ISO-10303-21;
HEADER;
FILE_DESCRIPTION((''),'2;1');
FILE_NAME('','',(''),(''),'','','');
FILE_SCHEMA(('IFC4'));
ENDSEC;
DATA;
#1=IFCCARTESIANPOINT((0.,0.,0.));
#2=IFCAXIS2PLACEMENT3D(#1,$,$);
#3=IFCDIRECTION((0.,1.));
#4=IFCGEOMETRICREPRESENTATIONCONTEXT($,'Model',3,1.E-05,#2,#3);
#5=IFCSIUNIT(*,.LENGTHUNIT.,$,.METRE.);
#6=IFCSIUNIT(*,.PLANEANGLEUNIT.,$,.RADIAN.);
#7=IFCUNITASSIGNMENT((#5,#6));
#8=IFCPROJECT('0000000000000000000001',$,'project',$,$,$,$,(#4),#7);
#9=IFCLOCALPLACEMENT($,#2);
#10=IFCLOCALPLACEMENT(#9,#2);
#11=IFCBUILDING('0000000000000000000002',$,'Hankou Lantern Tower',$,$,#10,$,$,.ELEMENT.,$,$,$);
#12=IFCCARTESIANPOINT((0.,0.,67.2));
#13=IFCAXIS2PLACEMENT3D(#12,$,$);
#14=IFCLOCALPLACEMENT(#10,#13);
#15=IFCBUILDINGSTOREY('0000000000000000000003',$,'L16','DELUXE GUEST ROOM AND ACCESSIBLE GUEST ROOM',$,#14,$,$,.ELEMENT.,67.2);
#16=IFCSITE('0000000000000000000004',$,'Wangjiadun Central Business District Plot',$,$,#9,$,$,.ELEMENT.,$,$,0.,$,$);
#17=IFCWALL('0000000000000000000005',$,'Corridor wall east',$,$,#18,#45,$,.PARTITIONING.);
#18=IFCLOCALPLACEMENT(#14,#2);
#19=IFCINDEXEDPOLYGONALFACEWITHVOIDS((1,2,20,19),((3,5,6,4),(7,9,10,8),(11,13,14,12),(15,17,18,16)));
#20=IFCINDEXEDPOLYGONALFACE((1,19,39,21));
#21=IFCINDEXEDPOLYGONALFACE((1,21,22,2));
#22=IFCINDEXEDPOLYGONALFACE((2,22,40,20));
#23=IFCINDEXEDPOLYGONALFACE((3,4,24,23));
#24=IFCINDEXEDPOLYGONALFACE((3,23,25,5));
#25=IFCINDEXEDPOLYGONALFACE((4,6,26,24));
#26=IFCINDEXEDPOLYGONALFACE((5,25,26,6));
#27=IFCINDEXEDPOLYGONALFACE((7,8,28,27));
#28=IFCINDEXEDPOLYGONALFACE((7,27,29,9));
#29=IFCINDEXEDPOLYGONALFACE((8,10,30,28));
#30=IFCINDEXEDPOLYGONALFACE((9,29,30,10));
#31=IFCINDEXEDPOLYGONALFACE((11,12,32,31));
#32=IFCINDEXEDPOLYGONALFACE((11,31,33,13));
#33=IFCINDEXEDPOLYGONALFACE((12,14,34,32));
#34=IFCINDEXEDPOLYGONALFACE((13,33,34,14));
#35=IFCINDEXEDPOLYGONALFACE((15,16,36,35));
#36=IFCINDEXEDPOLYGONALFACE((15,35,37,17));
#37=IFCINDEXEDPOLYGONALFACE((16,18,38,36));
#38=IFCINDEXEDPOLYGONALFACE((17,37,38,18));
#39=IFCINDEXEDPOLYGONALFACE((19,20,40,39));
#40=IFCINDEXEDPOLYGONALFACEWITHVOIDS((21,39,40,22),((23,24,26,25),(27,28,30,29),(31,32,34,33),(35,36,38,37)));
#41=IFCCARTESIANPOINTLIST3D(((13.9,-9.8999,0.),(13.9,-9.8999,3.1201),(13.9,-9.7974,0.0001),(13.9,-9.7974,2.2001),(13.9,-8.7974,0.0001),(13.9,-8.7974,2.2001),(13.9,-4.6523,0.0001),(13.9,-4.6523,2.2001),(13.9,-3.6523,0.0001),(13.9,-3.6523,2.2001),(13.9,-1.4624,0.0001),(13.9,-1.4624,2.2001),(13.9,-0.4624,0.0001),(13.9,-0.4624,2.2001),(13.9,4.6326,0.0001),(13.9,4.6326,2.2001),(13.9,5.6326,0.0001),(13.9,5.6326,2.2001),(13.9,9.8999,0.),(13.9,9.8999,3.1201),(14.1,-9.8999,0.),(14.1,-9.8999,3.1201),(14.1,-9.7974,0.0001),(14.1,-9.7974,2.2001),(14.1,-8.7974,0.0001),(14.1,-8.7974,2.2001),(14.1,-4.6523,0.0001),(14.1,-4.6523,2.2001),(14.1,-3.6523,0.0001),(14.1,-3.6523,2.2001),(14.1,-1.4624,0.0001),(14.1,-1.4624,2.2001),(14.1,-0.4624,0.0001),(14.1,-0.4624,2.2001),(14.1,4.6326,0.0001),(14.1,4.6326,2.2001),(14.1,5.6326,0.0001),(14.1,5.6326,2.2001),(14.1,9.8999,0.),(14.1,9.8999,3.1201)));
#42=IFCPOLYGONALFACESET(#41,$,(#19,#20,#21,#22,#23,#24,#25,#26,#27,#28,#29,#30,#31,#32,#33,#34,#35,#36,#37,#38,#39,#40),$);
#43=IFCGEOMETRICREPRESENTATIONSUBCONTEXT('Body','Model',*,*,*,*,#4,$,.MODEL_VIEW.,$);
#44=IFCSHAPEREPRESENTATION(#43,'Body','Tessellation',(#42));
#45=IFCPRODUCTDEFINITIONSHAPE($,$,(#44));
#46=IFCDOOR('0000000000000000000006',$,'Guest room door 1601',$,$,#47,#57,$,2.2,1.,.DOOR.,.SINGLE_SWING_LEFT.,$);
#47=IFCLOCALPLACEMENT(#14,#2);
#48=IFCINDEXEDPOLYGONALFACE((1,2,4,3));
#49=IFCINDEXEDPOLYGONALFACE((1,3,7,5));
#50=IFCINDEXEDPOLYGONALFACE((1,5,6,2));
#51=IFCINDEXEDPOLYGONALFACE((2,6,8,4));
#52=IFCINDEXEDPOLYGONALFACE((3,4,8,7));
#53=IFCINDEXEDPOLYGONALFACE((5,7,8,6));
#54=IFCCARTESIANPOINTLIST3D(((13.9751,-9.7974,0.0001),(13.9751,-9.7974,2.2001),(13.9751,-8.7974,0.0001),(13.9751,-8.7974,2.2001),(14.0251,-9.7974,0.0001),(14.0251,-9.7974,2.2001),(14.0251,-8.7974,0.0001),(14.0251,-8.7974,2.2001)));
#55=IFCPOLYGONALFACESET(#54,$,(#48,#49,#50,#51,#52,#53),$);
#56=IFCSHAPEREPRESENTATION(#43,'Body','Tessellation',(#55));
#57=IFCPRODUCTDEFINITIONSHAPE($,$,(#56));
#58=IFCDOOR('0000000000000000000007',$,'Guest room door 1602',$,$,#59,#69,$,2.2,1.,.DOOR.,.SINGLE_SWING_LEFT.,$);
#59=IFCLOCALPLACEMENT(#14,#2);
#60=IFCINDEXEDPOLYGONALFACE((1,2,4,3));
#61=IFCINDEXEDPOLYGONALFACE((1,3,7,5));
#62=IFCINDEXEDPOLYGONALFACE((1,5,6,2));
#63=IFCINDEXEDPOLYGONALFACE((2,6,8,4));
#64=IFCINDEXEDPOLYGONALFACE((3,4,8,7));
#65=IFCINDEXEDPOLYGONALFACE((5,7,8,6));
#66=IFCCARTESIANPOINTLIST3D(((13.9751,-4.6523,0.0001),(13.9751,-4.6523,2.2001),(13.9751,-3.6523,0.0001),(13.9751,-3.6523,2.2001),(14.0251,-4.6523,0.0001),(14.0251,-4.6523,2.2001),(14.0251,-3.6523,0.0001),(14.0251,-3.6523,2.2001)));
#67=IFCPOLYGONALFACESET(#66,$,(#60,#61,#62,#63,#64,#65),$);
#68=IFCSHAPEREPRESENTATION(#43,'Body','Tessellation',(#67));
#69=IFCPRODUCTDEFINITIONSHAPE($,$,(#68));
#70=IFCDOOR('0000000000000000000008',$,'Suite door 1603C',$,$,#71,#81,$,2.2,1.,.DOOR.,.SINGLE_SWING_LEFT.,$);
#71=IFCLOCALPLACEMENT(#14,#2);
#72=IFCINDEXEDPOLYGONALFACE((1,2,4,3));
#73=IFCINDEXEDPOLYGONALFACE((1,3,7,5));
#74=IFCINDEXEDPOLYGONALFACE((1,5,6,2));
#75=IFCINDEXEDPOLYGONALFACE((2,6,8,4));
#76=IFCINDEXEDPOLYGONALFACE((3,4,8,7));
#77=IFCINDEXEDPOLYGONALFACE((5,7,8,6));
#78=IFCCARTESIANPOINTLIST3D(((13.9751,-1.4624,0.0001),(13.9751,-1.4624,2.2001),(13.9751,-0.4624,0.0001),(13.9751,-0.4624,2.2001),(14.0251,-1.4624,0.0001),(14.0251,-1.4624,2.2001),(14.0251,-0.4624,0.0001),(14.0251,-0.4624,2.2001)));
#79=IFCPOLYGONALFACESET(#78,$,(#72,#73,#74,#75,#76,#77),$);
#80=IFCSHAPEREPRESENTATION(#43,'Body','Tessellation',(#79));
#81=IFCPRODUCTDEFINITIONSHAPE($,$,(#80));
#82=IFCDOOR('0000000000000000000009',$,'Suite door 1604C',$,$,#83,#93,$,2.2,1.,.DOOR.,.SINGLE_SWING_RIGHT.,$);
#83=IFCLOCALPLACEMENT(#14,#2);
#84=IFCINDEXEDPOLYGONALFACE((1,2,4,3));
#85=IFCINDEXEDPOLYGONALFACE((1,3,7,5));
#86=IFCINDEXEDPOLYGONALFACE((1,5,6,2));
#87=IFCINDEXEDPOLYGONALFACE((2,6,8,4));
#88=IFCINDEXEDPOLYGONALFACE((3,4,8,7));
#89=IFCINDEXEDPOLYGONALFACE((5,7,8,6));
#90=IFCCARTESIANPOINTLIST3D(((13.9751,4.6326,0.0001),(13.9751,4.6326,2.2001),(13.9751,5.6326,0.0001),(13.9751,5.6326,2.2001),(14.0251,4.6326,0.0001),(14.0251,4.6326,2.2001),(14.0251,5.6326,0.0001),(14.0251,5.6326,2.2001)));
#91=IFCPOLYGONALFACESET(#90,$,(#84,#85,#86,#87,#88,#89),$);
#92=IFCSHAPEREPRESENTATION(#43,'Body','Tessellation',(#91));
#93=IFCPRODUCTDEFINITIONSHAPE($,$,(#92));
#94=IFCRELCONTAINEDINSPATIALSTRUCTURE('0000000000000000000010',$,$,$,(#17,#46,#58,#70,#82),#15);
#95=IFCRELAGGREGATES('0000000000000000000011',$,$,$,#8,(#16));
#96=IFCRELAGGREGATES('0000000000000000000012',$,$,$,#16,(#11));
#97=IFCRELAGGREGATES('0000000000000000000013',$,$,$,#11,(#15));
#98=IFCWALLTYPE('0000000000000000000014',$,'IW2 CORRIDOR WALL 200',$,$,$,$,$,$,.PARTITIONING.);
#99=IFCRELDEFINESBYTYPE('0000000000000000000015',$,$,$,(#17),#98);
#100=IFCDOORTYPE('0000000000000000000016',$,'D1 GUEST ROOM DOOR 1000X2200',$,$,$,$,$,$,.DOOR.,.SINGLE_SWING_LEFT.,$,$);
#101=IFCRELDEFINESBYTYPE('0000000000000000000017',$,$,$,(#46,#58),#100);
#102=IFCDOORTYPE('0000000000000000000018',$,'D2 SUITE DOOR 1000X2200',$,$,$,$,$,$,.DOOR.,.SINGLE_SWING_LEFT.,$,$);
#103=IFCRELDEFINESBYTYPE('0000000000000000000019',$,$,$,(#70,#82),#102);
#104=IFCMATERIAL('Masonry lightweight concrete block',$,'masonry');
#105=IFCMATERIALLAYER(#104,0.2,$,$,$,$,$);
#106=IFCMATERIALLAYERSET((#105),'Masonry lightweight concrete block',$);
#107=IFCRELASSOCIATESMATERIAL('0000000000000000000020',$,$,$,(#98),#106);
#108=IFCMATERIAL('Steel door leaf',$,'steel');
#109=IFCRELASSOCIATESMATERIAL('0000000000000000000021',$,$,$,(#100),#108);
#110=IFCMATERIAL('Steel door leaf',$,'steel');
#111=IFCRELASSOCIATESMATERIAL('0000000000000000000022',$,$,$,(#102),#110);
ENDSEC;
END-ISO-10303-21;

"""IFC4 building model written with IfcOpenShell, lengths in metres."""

from ifc_helpers import new_model, si_unit, direction, frame, frame_2d, origin, place, context, subcontext, project, spatial, rectangle, extrude, material, layer, layer_set, type_object, element, fill, save


model = new_model("IFC4")

# Units and contexts
model_context = context("Model", 3, precision=1e-05, world=origin(), true_north=direction((0.0, 1.0)))
body_context = subcontext(model_context, "Body", "Model", "MODEL_VIEW")
ifc_project = project(units=[si_unit("LENGTHUNIT", "METRE"), si_unit("PLANEANGLEUNIT", "RADIAN")], contexts=[model_context])

# Site, building, storey
site_placement = place(None, origin())
site = spatial("IfcSite", under=ifc_project, at=site_placement, Name="Wangjiadun Central Business District Plot", CompositionType="ELEMENT", RefElevation=0.0)
building_placement = place(site_placement, origin())
building = spatial("IfcBuilding", under=site, at=building_placement, Name="Hankou Lantern Tower", CompositionType="ELEMENT")
storey_placement = place(building_placement, frame((0.0, 0.0, 67.2)))
storey = spatial("IfcBuildingStorey", under=building, at=storey_placement, Name="L16", Description="DELUXE GUEST ROOM AND ACCESSIBLE GUEST ROOM", CompositionType="ELEMENT", Elevation=67.2)

# Wall, openings, doors
ifc_material_1 = material(Name="Masonry lightweight concrete block", Category="masonry")
ifc_layer_1 = layer(ifc_material_1, 0.2)
ifc_layer_set_1 = layer_set([ifc_layer_1], Name="Masonry lightweight concrete block")
wall_type_1 = type_object("IfcWallType", Name="IW2 CORRIDOR WALL 200", PredefinedType="PARTITIONING", material=ifc_layer_set_1)
wall_1_placement = place(storey_placement, frame((14.0, -9.8999, 0.0), z_axis=(0.0, 0.0, 1.0), x_axis=(0.0, 1.0, 0.0)))
wall_1 = element("IfcWall", 1, at=wall_1_placement, inside=storey, type_object=wall_type_1, Name="Corridor wall east", PredefinedType="PARTITIONING", context=body_context, shape_type="SweptSolid", body=[
    extrude(rectangle(XDim=19.7998, YDim=0.2, at=frame_2d((9.8999, 0.0))), origin(), (0.0, 0.0, 1.0), 3.1201),
])
opening_1_placement = place(wall_1_placement, frame((0.1025, 0.0, 0.0)))
opening_1 = element("IfcOpeningElement", 2, at=opening_1_placement, cuts=wall_1, PredefinedType="OPENING", context=body_context, shape_type="SweptSolid", body=[
    extrude(rectangle(XDim=1.0, YDim=2.2, at=frame_2d((0.5, 1.1001))), frame((0.0, 0.1099, 0.0), z_axis=(0.0, -1.0, 0.0), x_axis=(1.0, 0.0, 0.0)), (0.0, 0.0, 1.0), 0.22),
])
opening_2_placement = place(wall_1_placement, frame((5.2476, 0.0, 0.0)))
opening_2 = element("IfcOpeningElement", 3, at=opening_2_placement, cuts=wall_1, PredefinedType="OPENING", context=body_context, shape_type="SweptSolid", body=[
    extrude(rectangle(XDim=1.0, YDim=2.2, at=frame_2d((0.5, 1.1001))), frame((0.0, 0.1099, 0.0), z_axis=(0.0, -1.0, 0.0), x_axis=(1.0, 0.0, 0.0)), (0.0, 0.0, 1.0), 0.22),
])
opening_3_placement = place(wall_1_placement, frame((8.4375, 0.0, 0.0)))
opening_3 = element("IfcOpeningElement", 4, at=opening_3_placement, cuts=wall_1, PredefinedType="OPENING", context=body_context, shape_type="SweptSolid", body=[
    extrude(rectangle(XDim=1.0, YDim=2.2, at=frame_2d((0.5, 1.1001))), frame((0.0, 0.1099, 0.0), z_axis=(0.0, -1.0, 0.0), x_axis=(1.0, 0.0, 0.0)), (0.0, 0.0, 1.0), 0.22),
])
opening_4_placement = place(wall_1_placement, frame((14.5325, 0.0, 0.0)))
opening_4 = element("IfcOpeningElement", 5, at=opening_4_placement, cuts=wall_1, PredefinedType="OPENING", context=body_context, shape_type="SweptSolid", body=[
    extrude(rectangle(XDim=1.0, YDim=2.2, at=frame_2d((0.5, 1.1001))), frame((0.0, 0.1099, 0.0), z_axis=(0.0, -1.0, 0.0), x_axis=(1.0, 0.0, 0.0)), (0.0, 0.0, 1.0), 0.22),
])
ifc_material_2 = material(Name="Steel door leaf", Category="steel")
door_type_1 = type_object("IfcDoorType", Name="D1 GUEST ROOM DOOR 1000X2200", OperationType="SINGLE_SWING_LEFT", PredefinedType="DOOR", material=ifc_material_2)
door_1_placement = place(opening_1_placement, origin())
door_1 = element("IfcDoor", 6, at=door_1_placement, inside=storey, type_object=door_type_1, Name="Guest room door 1601", OperationType="SINGLE_SWING_LEFT", OverallHeight=2.2, OverallWidth=1.0, PredefinedType="DOOR", context=body_context, shape_type="SweptSolid", body=[
    extrude(rectangle(XDim=1.0, YDim=2.2, at=frame_2d((0.5, 1.1001))), frame((0.0, 0.0249, 0.0), z_axis=(0.0, -1.0, 0.0), x_axis=(1.0, 0.0, 0.0)), (0.0, 0.0, 1.0), 0.05),
])
fill(opening_1, door_1)
door_2_placement = place(opening_2_placement, origin())
door_2 = element("IfcDoor", 7, at=door_2_placement, inside=storey, type_object=door_type_1, Name="Guest room door 1602", OperationType="SINGLE_SWING_LEFT", OverallHeight=2.2, OverallWidth=1.0, PredefinedType="DOOR", context=body_context, shape_type="SweptSolid", body=[
    extrude(rectangle(XDim=1.0, YDim=2.2, at=frame_2d((0.5, 1.1001))), frame((0.0, 0.0249, 0.0), z_axis=(0.0, -1.0, 0.0), x_axis=(1.0, 0.0, 0.0)), (0.0, 0.0, 1.0), 0.05),
])
fill(opening_2, door_2)
ifc_material_3 = material(Name="Steel door leaf", Category="steel")
door_type_2 = type_object("IfcDoorType", Name="D2 SUITE DOOR 1000X2200", OperationType="SINGLE_SWING_LEFT", PredefinedType="DOOR", material=ifc_material_3)
door_3_placement = place(opening_3_placement, origin())
door_3 = element("IfcDoor", 8, at=door_3_placement, inside=storey, type_object=door_type_2, Name="Suite door 1603C", OperationType="SINGLE_SWING_LEFT", OverallHeight=2.2, OverallWidth=1.0, PredefinedType="DOOR", context=body_context, shape_type="SweptSolid", body=[
    extrude(rectangle(XDim=1.0, YDim=2.2, at=frame_2d((0.5, 1.1001))), frame((0.0, 0.0249, 0.0), z_axis=(0.0, -1.0, 0.0), x_axis=(1.0, 0.0, 0.0)), (0.0, 0.0, 1.0), 0.05),
])
fill(opening_3, door_3)
door_4_placement = place(opening_4_placement, origin())
door_4 = element("IfcDoor", 9, at=door_4_placement, inside=storey, type_object=door_type_2, Name="Suite door 1604C", OperationType="SINGLE_SWING_RIGHT", OverallHeight=2.2, OverallWidth=1.0, PredefinedType="DOOR", context=body_context, shape_type="SweptSolid", body=[
    extrude(rectangle(XDim=1.0, YDim=2.2, at=frame_2d((0.5, 1.1001))), frame((0.0, 0.0249, 0.0), z_axis=(0.0, -1.0, 0.0), x_axis=(1.0, 0.0, 0.0)), (0.0, 0.0, 1.0), 0.05),
])
fill(opening_4, door_4)

save(model, "model.ifc")
